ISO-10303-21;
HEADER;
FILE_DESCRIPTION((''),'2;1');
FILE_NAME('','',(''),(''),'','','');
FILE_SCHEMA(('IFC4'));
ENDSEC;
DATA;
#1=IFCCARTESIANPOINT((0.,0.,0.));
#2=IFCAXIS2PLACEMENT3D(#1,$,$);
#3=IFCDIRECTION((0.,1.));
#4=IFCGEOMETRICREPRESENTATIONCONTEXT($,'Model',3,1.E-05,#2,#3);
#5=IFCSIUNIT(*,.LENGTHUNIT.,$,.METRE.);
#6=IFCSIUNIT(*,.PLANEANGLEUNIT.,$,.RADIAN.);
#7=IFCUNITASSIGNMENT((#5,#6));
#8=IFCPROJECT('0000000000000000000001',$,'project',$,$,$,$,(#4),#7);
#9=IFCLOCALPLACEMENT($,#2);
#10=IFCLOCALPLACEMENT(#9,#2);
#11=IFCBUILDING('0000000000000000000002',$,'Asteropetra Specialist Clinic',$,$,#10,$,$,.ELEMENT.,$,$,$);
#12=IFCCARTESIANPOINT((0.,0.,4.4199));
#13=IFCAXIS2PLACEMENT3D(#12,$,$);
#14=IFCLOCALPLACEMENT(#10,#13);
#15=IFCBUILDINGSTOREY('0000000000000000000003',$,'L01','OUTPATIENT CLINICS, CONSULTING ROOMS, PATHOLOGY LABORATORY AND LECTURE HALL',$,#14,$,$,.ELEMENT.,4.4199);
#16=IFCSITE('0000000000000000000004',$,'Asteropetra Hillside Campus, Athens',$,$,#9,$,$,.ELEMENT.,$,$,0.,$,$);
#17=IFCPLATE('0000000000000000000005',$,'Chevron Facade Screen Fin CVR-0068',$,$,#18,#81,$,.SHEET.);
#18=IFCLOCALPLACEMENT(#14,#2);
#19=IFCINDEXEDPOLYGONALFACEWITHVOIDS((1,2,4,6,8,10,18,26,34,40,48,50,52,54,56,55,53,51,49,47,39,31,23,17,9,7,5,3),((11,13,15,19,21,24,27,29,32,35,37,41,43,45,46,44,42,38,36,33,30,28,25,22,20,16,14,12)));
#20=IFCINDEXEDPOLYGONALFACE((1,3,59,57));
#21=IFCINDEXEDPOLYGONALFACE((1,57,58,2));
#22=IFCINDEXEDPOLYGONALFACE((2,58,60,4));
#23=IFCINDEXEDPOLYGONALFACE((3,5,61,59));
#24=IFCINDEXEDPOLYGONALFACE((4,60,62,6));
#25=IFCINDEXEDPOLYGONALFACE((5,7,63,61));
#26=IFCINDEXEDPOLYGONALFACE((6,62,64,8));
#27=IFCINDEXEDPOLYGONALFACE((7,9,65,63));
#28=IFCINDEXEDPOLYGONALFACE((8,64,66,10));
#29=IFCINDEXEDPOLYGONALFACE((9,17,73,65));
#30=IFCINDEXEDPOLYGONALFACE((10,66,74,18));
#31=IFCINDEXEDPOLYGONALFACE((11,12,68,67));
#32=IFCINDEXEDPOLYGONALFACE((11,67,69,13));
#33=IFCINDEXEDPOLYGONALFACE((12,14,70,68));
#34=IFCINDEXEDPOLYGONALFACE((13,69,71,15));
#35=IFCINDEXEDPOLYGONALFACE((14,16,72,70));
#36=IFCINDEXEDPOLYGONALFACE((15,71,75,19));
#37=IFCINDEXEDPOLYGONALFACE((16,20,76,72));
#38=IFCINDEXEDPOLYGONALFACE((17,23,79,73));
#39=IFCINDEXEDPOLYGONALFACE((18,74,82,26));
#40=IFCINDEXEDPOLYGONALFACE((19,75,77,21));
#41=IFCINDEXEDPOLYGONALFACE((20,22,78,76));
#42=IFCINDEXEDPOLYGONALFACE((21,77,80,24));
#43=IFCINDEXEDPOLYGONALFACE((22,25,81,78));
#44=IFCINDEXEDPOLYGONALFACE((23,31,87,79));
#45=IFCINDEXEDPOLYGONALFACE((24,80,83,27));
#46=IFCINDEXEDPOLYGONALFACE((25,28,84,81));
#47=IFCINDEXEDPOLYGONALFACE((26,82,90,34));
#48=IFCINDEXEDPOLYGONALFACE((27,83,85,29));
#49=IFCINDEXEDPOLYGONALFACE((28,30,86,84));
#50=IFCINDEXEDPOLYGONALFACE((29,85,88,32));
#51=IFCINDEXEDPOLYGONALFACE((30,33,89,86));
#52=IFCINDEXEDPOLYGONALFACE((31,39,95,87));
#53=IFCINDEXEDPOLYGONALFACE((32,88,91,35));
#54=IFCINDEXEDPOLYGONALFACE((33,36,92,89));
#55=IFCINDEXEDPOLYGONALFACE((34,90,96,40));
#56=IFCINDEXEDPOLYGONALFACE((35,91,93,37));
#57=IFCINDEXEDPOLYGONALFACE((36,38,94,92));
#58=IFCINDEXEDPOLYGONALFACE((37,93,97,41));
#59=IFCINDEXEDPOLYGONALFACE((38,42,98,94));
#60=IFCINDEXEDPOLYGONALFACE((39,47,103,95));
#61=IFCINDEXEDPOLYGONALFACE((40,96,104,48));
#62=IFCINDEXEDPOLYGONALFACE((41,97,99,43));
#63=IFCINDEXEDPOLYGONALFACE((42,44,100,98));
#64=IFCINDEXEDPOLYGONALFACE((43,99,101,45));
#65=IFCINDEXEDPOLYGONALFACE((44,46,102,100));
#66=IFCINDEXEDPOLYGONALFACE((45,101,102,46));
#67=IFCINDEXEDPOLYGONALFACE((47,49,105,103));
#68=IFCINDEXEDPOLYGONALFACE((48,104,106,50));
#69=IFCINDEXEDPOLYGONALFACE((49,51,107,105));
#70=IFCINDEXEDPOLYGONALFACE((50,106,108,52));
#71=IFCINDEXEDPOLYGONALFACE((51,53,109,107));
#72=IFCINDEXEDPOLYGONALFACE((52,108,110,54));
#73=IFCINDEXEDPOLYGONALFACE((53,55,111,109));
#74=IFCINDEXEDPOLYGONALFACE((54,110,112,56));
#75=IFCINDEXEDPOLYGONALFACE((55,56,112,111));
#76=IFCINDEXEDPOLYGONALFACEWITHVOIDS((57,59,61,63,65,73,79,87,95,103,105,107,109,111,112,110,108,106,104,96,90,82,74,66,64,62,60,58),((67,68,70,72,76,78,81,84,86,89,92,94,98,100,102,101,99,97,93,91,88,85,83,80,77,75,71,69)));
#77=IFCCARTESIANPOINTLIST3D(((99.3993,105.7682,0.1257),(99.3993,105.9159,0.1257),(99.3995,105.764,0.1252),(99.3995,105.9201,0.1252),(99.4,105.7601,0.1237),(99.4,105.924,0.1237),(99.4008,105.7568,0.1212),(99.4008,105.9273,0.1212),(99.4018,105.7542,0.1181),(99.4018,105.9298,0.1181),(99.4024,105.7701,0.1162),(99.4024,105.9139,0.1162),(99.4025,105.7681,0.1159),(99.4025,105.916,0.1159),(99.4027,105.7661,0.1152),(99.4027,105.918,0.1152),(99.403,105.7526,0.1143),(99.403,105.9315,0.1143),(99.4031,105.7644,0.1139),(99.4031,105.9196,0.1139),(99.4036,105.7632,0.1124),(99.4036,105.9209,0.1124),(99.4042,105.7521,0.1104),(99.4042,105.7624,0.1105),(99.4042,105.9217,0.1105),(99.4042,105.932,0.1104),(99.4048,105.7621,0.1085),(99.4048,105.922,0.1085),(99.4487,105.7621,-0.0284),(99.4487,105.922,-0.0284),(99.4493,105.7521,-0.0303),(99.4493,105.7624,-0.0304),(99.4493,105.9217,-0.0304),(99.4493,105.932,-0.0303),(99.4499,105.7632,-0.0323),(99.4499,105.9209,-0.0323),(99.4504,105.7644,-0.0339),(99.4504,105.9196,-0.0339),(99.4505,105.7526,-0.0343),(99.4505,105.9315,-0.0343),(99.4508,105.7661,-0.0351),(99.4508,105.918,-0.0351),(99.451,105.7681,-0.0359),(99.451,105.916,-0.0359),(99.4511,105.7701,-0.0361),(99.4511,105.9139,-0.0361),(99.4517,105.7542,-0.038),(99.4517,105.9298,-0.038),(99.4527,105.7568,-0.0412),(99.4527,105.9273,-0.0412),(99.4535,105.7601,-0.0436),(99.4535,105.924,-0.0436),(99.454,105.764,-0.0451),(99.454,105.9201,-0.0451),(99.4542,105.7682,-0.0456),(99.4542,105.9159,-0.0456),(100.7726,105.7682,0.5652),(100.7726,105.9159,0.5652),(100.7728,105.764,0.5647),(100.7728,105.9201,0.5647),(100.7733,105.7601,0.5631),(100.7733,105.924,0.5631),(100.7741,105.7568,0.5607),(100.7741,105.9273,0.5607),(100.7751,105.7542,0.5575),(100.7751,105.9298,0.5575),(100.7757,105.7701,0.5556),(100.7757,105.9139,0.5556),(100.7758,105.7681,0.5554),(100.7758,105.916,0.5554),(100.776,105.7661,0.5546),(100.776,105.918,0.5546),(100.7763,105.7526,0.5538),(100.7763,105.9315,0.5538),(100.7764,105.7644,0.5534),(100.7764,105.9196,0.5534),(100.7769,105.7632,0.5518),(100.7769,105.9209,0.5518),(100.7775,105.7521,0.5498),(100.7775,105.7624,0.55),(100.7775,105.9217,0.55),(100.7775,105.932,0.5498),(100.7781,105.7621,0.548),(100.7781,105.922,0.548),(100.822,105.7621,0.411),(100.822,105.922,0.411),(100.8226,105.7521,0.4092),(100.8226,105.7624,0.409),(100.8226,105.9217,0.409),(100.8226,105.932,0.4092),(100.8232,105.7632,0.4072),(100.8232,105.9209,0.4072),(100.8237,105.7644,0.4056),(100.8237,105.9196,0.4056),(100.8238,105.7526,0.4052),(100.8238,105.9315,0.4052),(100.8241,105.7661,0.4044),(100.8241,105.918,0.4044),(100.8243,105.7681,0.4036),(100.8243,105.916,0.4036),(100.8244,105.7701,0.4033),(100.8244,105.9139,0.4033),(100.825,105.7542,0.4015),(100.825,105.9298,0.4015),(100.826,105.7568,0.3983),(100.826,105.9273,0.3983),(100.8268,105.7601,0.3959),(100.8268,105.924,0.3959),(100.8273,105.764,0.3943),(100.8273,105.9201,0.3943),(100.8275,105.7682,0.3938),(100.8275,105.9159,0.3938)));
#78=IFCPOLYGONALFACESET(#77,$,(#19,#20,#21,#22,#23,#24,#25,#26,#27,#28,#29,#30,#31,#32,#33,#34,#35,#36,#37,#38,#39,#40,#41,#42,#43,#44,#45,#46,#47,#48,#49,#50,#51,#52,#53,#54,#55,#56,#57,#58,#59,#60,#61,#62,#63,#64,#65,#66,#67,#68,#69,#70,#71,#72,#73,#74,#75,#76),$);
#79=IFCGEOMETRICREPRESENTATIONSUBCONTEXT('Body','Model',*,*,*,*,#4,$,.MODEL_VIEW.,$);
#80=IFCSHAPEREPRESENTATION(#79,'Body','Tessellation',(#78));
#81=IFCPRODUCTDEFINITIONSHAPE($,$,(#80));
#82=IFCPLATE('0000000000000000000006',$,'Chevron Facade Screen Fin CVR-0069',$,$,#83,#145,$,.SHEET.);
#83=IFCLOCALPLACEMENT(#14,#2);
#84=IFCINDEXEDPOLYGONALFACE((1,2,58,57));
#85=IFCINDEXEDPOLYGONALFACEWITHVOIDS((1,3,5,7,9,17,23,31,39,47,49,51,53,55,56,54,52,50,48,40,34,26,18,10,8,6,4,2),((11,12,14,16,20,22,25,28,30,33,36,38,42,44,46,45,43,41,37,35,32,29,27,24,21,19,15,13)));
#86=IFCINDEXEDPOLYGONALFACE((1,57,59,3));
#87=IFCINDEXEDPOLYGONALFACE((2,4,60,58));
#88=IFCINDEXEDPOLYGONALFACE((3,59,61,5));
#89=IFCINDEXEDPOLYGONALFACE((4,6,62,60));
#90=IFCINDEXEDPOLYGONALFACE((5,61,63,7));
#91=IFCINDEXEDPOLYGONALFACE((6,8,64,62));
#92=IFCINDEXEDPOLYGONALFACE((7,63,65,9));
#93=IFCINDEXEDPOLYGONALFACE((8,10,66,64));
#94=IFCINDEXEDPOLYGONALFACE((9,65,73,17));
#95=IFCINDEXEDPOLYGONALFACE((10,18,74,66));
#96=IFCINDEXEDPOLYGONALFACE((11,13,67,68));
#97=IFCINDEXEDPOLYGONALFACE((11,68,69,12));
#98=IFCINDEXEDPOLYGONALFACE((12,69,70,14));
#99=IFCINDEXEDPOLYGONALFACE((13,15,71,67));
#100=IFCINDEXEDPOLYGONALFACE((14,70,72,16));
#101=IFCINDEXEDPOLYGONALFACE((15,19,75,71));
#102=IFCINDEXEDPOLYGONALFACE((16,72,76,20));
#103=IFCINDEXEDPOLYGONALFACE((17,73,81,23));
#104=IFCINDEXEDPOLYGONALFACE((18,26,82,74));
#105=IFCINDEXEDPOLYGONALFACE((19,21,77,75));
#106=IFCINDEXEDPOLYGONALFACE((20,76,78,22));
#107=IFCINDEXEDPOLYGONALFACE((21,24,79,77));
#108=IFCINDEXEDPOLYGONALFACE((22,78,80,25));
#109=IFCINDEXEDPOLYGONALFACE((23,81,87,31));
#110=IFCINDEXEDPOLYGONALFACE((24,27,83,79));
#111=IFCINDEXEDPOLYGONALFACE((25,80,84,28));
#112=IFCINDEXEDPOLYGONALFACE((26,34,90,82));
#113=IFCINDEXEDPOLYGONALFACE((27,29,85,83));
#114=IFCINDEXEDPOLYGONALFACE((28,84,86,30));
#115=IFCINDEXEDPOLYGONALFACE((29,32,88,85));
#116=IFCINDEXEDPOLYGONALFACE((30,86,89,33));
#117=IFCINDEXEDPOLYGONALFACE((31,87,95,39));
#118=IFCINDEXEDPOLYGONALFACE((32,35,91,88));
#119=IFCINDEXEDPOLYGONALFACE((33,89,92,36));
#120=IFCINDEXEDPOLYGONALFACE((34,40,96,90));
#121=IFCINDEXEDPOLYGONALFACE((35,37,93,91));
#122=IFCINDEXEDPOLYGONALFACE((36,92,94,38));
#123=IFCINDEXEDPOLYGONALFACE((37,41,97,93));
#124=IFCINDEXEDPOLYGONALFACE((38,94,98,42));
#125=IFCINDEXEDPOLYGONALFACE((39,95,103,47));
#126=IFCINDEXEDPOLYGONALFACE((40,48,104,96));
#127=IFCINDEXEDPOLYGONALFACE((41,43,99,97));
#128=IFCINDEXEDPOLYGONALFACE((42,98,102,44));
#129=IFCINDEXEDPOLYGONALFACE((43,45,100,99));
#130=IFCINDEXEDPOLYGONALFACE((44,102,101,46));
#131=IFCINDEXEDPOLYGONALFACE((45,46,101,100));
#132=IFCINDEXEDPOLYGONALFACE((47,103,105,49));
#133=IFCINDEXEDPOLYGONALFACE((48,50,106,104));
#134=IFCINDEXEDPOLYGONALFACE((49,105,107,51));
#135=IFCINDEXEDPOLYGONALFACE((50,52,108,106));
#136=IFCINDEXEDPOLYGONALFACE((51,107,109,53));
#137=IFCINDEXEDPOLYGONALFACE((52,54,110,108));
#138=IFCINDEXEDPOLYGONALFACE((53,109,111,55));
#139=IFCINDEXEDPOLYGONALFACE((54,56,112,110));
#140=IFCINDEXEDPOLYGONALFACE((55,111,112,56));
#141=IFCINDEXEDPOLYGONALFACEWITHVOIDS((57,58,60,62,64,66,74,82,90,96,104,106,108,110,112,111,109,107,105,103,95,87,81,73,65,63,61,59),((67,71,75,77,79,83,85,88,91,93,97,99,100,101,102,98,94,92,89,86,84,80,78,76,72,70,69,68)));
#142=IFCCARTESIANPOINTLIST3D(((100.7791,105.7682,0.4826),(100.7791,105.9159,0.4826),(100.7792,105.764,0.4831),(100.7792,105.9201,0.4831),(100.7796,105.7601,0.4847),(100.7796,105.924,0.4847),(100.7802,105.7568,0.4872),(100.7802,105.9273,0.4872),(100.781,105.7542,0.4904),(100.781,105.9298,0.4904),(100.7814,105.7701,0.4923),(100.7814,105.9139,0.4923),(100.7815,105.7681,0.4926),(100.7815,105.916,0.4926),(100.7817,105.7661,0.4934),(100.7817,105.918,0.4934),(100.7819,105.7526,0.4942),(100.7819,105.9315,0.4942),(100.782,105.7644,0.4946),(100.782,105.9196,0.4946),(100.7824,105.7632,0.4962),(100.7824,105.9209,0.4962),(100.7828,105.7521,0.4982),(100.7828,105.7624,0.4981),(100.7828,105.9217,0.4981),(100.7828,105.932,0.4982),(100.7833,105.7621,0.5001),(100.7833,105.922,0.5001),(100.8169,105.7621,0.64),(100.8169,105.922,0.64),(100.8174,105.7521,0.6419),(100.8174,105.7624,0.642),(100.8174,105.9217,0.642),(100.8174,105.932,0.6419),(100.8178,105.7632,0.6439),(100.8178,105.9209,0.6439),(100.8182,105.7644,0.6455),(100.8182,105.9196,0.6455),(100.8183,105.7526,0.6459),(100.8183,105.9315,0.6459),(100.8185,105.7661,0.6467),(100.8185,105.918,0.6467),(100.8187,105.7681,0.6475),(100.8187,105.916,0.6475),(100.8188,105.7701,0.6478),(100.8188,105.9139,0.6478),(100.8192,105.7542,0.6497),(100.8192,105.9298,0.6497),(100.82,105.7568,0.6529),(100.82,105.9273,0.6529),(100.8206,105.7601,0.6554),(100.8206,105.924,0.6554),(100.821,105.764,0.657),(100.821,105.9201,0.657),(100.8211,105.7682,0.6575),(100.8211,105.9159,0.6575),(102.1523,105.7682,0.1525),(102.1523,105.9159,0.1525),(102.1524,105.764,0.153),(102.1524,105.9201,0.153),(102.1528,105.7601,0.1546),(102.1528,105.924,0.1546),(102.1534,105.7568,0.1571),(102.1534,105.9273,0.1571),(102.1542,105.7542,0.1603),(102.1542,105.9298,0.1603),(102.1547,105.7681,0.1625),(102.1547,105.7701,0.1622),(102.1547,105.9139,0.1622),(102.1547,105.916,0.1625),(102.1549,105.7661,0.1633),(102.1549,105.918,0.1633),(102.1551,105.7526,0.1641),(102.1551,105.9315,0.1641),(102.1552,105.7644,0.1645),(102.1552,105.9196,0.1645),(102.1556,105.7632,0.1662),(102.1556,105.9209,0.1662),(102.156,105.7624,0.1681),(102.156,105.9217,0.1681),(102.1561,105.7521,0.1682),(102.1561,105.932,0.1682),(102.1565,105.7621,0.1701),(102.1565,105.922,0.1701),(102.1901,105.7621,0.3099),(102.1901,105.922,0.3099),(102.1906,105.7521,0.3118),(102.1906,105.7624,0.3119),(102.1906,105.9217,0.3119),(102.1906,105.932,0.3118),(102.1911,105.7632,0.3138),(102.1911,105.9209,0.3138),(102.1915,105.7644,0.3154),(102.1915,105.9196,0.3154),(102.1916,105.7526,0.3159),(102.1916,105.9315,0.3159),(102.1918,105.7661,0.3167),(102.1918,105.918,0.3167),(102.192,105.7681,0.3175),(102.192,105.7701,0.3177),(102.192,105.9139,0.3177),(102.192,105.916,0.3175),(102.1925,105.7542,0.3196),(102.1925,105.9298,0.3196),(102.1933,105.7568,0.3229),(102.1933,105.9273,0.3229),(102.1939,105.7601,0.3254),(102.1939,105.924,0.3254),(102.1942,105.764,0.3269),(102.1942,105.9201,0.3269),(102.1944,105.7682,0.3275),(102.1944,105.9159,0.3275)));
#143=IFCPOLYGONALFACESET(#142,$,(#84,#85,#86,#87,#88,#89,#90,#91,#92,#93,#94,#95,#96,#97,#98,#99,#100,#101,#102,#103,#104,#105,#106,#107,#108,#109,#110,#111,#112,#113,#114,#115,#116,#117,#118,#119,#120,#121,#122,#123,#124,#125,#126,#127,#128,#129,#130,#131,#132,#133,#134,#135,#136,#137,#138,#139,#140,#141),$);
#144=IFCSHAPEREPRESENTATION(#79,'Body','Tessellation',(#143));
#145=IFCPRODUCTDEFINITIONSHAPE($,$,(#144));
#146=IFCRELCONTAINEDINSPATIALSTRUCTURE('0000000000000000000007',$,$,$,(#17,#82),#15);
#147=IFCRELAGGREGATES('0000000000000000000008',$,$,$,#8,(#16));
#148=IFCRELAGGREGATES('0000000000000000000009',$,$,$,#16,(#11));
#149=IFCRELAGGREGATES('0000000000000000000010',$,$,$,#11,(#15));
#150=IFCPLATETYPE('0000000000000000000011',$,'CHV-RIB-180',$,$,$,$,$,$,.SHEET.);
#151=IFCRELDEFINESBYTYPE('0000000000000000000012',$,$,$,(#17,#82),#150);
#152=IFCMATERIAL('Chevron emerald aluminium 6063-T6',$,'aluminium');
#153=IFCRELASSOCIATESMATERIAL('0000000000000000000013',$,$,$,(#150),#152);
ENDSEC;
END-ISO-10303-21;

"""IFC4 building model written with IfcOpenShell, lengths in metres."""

from ifc_helpers import new_model, si_unit, direction, frame, origin, origin_2d, place, context, subcontext, project, spatial, hollow_rectangle, extrude, material, material_profile, profile_set, type_object, element, save


model = new_model("IFC4")

# Units and contexts
model_context = context("Model", 3, precision=1e-05, world=origin(), true_north=direction((0.0, 1.0)))
body_context = subcontext(model_context, "Body", "Model", "MODEL_VIEW")
ifc_project = project(units=[si_unit("LENGTHUNIT", "METRE"), si_unit("PLANEANGLEUNIT", "RADIAN")], contexts=[model_context])

# Site, building, storey
site_placement = place(None, origin())
site = spatial("IfcSite", under=ifc_project, at=site_placement, Name="Asteropetra Hillside Campus, Athens", CompositionType="ELEMENT", RefElevation=0.0)
building_placement = place(site_placement, origin())
building = spatial("IfcBuilding", under=site, at=building_placement, Name="Asteropetra Specialist Clinic", CompositionType="ELEMENT")
storey_placement = place(building_placement, frame((0.0, 0.0, 4.4199)))
storey = spatial("IfcBuildingStorey", under=building, at=storey_placement, Name="L01", Description="OUTPATIENT CLINICS, CONSULTING ROOMS, PATHOLOGY LABORATORY AND LECTURE HALL", CompositionType="ELEMENT", Elevation=4.4199)

# Plates
ifc_material_1 = material(Name="Chevron emerald aluminium 6063-T6", Category="aluminium")
ifc_material_profile_1 = material_profile(ifc_material_1, hollow_rectangle(XDim=0.1799, YDim=0.1799, WallThickness=0.01, InnerFilletRadius=0.0081, OuterFilletRadius=0.0161, at=origin_2d()), Name="SHS 180x180x10.0")
ifc_profile_set_1 = profile_set([ifc_material_profile_1], Name="Chevron emerald aluminium 6063-T6")
plate_type = type_object("IfcPlateType", Name="CHV-RIB-180", PredefinedType="SHEET", material=ifc_profile_set_1)
for number, where, z_axis, x_axis, name in (
    (1, (100.8, 105.842, 0.4795), (-0.952424, 0.0, -0.304776), (0.0, -1.0, 0.0), "Chevron Facade Screen Fin CVR-0068"),
):
    element("IfcPlate", number, at=place(storey_placement, frame(where, z_axis=z_axis, x_axis=x_axis)), inside=storey, type_object=plate_type, Name=name, PredefinedType="SHEET", context=body_context, shape_type="SweptSolid", body=[
        extrude(hollow_rectangle(XDim=0.1799, YDim=0.1799, WallThickness=0.01, InnerFilletRadius=0.0081, OuterFilletRadius=0.0161, at=origin_2d()), origin(), (0.0, 0.0, 1.0), 1.4419),
    ])
for number, where, z_axis, x_axis, name in (
    (2, (102.1733, 105.842, 0.24), (-0.972309, 0.0, 0.2337), (0.0, -1.0, 0.0), "Chevron Facade Screen Fin CVR-0069"),
):
    element("IfcPlate", number, at=place(storey_placement, frame(where, z_axis=z_axis, x_axis=x_axis)), inside=storey, type_object=plate_type, Name=name, PredefinedType="SHEET", context=body_context, shape_type="SweptSolid", body=[
        extrude(hollow_rectangle(XDim=0.1799, YDim=0.1799, WallThickness=0.01, InnerFilletRadius=0.0081, OuterFilletRadius=0.0161, at=origin_2d()), origin(), (0.0, 0.0, 1.0), 1.4124),
    ])

save(model, "model.ifc")
